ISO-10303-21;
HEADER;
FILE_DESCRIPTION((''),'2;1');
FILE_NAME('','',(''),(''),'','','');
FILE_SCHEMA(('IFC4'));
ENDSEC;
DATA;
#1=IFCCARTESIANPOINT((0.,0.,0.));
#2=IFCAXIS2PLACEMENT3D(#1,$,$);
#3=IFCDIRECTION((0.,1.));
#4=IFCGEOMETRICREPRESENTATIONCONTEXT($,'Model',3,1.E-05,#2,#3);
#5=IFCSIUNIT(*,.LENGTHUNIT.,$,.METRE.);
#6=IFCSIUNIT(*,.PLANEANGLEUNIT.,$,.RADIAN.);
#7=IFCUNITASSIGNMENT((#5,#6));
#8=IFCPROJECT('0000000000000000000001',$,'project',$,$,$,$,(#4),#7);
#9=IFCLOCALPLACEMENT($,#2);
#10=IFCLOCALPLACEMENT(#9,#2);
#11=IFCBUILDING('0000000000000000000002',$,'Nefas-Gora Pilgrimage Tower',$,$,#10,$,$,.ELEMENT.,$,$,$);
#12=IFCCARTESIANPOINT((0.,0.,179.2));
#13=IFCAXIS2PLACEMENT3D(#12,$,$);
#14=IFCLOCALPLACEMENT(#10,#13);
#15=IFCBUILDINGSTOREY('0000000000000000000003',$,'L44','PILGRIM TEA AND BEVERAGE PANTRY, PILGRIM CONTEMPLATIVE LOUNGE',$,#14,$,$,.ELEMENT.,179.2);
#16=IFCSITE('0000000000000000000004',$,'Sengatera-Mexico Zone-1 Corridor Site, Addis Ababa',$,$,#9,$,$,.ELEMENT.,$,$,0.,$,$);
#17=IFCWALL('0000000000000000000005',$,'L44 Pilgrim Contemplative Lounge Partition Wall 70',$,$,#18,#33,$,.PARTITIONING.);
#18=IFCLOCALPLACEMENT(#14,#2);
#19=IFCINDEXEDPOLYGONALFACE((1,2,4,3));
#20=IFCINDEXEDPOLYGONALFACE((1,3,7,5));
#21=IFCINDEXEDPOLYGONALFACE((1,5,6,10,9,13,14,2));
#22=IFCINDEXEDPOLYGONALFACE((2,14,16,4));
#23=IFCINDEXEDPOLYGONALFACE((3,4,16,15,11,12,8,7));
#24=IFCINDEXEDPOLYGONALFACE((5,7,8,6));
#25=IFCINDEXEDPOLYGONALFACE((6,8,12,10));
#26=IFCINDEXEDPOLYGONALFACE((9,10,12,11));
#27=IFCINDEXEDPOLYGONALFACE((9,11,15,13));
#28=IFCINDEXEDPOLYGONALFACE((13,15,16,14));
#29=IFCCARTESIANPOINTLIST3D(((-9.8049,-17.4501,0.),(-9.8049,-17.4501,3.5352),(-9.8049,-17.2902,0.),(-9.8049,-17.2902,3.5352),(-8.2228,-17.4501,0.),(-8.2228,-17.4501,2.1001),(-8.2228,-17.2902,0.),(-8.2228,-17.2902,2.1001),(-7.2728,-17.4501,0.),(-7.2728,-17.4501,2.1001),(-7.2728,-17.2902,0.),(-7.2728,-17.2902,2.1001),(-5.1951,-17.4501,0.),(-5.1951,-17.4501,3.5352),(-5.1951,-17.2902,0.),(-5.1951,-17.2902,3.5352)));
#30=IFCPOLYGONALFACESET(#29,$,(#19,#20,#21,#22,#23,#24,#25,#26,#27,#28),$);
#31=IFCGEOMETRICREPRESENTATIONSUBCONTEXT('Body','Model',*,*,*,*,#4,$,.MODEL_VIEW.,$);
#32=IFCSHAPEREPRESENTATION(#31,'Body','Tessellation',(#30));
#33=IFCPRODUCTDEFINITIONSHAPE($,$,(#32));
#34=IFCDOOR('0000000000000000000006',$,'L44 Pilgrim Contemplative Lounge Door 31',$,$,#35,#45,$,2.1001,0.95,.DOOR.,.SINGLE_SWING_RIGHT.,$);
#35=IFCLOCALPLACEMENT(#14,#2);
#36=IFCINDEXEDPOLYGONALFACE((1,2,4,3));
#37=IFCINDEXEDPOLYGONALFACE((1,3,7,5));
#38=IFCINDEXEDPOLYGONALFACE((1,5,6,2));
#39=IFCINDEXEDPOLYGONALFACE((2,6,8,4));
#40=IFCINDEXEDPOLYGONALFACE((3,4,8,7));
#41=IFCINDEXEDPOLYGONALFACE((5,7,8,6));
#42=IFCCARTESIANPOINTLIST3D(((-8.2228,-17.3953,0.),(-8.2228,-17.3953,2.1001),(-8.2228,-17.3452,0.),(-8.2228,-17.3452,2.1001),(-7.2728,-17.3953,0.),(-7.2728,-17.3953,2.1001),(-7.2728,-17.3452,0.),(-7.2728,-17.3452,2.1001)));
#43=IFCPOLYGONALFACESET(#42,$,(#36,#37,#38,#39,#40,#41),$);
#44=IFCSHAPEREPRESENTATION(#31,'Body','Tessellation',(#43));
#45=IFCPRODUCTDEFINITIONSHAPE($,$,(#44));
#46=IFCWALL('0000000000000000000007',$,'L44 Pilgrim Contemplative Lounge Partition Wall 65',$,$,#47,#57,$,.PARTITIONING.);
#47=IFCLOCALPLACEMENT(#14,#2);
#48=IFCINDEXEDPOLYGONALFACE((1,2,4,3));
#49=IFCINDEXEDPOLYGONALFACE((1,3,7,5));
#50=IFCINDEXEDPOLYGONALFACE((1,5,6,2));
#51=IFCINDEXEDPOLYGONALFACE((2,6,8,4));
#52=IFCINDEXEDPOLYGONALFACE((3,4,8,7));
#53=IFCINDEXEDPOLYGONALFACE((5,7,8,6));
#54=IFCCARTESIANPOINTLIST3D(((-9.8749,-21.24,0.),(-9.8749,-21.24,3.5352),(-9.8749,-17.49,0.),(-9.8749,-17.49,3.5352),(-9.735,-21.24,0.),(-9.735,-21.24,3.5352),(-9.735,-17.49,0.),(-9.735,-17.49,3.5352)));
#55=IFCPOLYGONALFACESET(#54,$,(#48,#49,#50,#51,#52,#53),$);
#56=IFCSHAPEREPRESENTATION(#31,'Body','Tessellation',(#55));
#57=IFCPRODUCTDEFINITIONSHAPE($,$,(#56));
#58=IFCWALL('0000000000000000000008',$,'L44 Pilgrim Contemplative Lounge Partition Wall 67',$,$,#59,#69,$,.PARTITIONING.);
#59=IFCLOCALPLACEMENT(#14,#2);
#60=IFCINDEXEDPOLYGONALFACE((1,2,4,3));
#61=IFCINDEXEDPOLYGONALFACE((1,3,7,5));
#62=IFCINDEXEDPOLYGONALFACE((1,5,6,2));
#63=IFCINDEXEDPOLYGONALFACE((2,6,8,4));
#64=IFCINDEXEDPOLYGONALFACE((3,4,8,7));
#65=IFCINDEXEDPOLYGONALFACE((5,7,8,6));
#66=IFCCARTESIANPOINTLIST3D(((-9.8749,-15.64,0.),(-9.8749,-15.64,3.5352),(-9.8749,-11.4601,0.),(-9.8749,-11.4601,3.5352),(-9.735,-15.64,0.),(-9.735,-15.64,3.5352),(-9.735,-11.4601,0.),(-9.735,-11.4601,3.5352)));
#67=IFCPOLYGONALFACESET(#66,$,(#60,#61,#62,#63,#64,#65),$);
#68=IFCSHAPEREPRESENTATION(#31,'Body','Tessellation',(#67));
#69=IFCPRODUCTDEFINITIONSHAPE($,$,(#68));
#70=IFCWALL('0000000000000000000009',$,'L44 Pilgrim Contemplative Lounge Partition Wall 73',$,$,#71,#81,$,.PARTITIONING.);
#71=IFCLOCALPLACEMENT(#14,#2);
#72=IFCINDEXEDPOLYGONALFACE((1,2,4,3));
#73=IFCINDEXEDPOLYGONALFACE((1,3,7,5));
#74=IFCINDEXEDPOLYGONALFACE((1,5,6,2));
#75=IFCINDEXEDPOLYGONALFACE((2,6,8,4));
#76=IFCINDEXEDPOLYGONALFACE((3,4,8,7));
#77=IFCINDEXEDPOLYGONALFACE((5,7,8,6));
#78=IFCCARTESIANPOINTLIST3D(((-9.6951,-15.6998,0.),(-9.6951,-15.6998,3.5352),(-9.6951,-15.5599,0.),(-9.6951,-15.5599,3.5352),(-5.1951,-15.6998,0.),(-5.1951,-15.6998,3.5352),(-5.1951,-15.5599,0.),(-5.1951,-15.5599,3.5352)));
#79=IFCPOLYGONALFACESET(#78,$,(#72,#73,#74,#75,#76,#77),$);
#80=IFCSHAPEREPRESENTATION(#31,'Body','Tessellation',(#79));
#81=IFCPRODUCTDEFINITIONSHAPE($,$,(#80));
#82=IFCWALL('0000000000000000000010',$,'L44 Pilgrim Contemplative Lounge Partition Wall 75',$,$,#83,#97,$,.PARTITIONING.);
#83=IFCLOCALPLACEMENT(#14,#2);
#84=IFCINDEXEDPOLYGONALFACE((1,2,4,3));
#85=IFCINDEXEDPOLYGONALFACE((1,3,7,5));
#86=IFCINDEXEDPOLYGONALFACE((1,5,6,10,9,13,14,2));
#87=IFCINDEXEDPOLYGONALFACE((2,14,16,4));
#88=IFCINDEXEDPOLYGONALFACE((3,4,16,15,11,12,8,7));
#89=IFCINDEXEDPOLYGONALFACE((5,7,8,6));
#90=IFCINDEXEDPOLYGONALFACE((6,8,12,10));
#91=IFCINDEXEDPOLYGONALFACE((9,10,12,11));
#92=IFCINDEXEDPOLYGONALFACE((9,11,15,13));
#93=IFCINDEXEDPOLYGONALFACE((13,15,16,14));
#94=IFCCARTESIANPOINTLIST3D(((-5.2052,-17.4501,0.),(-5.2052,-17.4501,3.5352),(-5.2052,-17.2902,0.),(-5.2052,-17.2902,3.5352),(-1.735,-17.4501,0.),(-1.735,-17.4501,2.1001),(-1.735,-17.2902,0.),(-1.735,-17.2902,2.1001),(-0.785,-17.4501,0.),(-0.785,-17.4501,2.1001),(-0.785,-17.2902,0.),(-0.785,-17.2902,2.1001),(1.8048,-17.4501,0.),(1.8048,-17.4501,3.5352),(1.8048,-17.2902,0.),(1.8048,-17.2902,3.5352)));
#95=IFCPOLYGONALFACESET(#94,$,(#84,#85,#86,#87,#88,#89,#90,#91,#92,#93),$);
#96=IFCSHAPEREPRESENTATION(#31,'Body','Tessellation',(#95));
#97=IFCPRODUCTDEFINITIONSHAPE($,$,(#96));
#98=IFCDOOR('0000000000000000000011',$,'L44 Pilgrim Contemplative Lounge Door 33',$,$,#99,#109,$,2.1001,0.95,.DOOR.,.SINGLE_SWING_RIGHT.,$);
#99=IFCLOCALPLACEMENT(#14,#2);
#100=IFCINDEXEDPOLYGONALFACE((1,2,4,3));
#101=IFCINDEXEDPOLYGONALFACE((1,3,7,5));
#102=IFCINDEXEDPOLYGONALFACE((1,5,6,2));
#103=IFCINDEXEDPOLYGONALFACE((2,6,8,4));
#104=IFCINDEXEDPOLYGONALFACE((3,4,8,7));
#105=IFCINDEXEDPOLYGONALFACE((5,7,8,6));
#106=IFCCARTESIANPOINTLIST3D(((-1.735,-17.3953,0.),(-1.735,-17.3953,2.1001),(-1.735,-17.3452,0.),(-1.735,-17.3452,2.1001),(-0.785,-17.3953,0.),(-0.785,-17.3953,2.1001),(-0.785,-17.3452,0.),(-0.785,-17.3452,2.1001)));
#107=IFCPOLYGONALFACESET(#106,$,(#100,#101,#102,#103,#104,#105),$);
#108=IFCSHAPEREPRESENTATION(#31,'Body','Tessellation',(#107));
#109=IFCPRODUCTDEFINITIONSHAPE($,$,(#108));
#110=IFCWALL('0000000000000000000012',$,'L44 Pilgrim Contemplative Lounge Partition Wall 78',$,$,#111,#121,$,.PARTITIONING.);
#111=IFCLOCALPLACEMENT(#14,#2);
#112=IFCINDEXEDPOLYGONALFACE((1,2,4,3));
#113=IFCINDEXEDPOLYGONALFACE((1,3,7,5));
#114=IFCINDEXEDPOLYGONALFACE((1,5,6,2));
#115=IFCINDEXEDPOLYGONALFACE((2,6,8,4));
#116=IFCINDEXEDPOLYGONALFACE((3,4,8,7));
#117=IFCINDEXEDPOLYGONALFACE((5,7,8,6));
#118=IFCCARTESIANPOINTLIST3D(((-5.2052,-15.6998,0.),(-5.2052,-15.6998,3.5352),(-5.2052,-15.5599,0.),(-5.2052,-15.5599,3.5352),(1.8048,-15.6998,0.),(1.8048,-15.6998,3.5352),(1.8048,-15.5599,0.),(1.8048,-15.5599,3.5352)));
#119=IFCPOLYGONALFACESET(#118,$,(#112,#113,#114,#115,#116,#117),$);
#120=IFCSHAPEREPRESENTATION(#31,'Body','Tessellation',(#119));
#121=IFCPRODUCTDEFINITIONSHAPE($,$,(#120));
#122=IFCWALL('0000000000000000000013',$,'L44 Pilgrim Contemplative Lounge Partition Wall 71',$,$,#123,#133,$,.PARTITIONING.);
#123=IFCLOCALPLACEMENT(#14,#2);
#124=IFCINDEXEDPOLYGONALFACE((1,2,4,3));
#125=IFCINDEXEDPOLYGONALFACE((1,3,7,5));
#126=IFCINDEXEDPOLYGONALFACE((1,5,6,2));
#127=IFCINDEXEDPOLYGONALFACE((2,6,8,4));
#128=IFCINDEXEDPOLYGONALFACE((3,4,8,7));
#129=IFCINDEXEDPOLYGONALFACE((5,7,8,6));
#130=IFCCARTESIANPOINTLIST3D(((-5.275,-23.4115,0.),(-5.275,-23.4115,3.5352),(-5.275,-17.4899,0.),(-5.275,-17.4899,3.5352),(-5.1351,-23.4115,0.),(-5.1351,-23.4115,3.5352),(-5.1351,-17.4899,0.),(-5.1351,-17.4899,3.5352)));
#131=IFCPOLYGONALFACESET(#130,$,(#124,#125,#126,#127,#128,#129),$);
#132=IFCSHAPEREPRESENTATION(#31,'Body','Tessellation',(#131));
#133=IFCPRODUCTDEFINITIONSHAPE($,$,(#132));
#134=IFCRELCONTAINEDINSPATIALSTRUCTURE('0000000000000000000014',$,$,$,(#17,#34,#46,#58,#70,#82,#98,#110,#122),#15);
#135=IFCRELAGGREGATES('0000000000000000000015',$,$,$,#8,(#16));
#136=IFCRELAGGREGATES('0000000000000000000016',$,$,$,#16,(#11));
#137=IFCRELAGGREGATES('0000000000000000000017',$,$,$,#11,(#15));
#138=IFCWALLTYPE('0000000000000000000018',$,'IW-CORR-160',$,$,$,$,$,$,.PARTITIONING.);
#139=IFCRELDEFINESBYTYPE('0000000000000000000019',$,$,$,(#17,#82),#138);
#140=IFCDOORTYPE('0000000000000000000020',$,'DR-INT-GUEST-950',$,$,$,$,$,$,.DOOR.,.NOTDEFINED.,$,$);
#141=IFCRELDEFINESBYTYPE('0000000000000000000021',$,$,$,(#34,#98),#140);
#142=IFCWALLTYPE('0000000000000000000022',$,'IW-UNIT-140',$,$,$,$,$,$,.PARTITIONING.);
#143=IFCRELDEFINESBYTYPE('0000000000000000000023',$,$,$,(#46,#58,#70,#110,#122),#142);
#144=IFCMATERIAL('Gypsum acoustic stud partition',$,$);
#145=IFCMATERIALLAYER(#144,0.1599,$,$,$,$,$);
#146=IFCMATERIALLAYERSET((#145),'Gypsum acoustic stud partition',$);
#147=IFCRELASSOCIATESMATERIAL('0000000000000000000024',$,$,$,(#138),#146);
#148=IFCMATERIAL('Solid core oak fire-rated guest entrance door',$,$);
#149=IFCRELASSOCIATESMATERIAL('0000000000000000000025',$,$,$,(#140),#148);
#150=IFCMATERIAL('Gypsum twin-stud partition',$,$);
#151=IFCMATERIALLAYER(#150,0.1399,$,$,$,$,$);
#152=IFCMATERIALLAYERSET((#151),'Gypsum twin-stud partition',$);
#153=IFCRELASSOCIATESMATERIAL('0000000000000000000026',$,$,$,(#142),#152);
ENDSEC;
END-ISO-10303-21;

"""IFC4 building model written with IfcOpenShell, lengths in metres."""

from ifc_helpers import new_model, si_unit, direction, frame, frame_2d, origin, place, context, subcontext, project, spatial, rectangle, extrude, source, transform, mapped, material, layer, layer_set, type_object, element, fill, save


model = new_model("IFC4")

# Units and contexts
model_context = context("Model", 3, precision=1e-05, world=origin(), true_north=direction((0.0, 1.0)))
body_context = subcontext(model_context, "Body", "Model", "MODEL_VIEW")
ifc_project = project(units=[si_unit("LENGTHUNIT", "METRE"), si_unit("PLANEANGLEUNIT", "RADIAN")], contexts=[model_context])

# Site, building, storey
site_placement = place(None, origin())
site = spatial("IfcSite", under=ifc_project, at=site_placement, Name="Sengatera-Mexico Zone-1 Corridor Site, Addis Ababa", CompositionType="ELEMENT", RefElevation=0.0)
building_placement = place(site_placement, origin())
building = spatial("IfcBuilding", under=site, at=building_placement, Name="Nefas-Gora Pilgrimage Tower", CompositionType="ELEMENT")
storey_placement = place(building_placement, frame((0.0, 0.0, 179.2)))
storey = spatial("IfcBuildingStorey", under=building, at=storey_placement, Name="L44", Description="PILGRIM TEA AND BEVERAGE PANTRY, PILGRIM CONTEMPLATIVE LOUNGE", CompositionType="ELEMENT", Elevation=179.2)

# Wall, opening, door
ifc_material_1 = material(Name="Gypsum acoustic stud partition")
ifc_layer_1 = layer(ifc_material_1, 0.1599)
ifc_layer_set_1 = layer_set([ifc_layer_1], Name="Gypsum acoustic stud partition")
wall_type_1 = type_object("IfcWallType", Name="IW-CORR-160", PredefinedType="PARTITIONING", material=ifc_layer_set_1)
shared_shape_1 = source(origin(), body_context, "Body", "SweptSolid", [
    extrude(rectangle(XDim=4.6099, YDim=0.1599, at=frame_2d((2.3049, 0.0))), origin(), (0.0, 0.0, 1.0), 3.5352),
])
wall_1_placement = place(storey_placement, frame((-9.8049, -17.3701, 0.0), z_axis=(0.0, 0.0, 1.0), x_axis=(1.0, 0.0, 0.0)))
wall_1 = element("IfcWall", 1, at=wall_1_placement, inside=storey, type_object=wall_type_1, Name="L44 Pilgrim Contemplative Lounge Partition Wall 70", PredefinedType="PARTITIONING", context=body_context, shape_type="MappedRepresentation", body=[
    mapped(shared_shape_1, transform((0.0, 0.0, 0.0), x_axis=(1.0, 0.0, 0.0), y_axis=(0.0, 1.0, 0.0), z_axis=(0.0, 0.0, 1.0), scale=1.0)),
])
opening_1_placement = place(wall_1_placement, frame((1.582, 0.0, 0.0)))
opening_1 = element("IfcOpeningElement", 2, at=opening_1_placement, cuts=wall_1, PredefinedType="OPENING", context=body_context, shape_type="SweptSolid", body=[
    extrude(rectangle(XDim=0.95, YDim=2.1001, at=frame_2d((0.4751, 1.05))), frame((0.0, 0.0898, 0.0), z_axis=(0.0, -1.0, 0.0), x_axis=(1.0, 0.0, 0.0)), (0.0, 0.0, 1.0), 0.1799),
])
ifc_material_2 = material(Name="Solid core oak fire-rated guest entrance door")
door_type_1 = type_object("IfcDoorType", Name="DR-INT-GUEST-950", OperationType="NOTDEFINED", PredefinedType="DOOR", material=ifc_material_2)
shared_shape_2 = source(origin(), body_context, "Body", "SweptSolid", [
    extrude(rectangle(XDim=0.95, YDim=2.1001, at=frame_2d((0.4751, 1.05))), frame((0.0, 0.0249, 0.0), z_axis=(0.0, -1.0, 0.0), x_axis=(1.0, 0.0, 0.0)), (0.0, 0.0, 1.0), 0.05),
])
door_1_placement = place(opening_1_placement, origin())
door_1 = element("IfcDoor", 3, at=door_1_placement, inside=storey, type_object=door_type_1, Name="L44 Pilgrim Contemplative Lounge Door 31", OperationType="SINGLE_SWING_RIGHT", OverallHeight=2.1001, OverallWidth=0.95, PredefinedType="DOOR", context=body_context, shape_type="MappedRepresentation", body=[
    mapped(shared_shape_2, transform((0.0, 0.0, 0.0), x_axis=(1.0, 0.0, 0.0), y_axis=(0.0, 1.0, 0.0), z_axis=(0.0, 0.0, 1.0), scale=1.0)),
])
fill(opening_1, door_1)

# Walls
ifc_material_3 = material(Name="Gypsum twin-stud partition")
ifc_layer_2 = layer(ifc_material_3, 0.1399)
ifc_layer_set_2 = layer_set([ifc_layer_2], Name="Gypsum twin-stud partition")
wall_type_2 = type_object("IfcWallType", Name="IW-UNIT-140", PredefinedType="PARTITIONING", material=ifc_layer_set_2)
shared_shape_3 = source(origin(), body_context, "Body", "SweptSolid", [
    extrude(rectangle(XDim=3.75, YDim=0.1399, at=frame_2d((1.875, 0.0))), origin(), (0.0, 0.0, 1.0), 3.5352),
])
wall_2_placement = place(storey_placement, frame((-9.8049, -21.24, 0.0), z_axis=(0.0, 0.0, 1.0), x_axis=(0.0, 1.0, 0.0)))
element("IfcWall", 4, at=wall_2_placement, inside=storey, type_object=wall_type_2, Name="L44 Pilgrim Contemplative Lounge Partition Wall 65", PredefinedType="PARTITIONING", context=body_context, shape_type="MappedRepresentation", body=[
    mapped(shared_shape_3, transform((0.0, 0.0, 0.0), x_axis=(1.0, 0.0, 0.0), y_axis=(0.0, 1.0, 0.0), z_axis=(0.0, 0.0, 1.0), scale=1.0)),
])
shared_shape_4 = source(origin(), body_context, "Body", "SweptSolid", [
    extrude(rectangle(XDim=4.1799, YDim=0.1399, at=frame_2d((2.0898, 0.0))), origin(), (0.0, 0.0, 1.0), 3.5352),
])
wall_3_placement = place(storey_placement, frame((-9.8049, -15.6399, 0.0), z_axis=(0.0, 0.0, 1.0), x_axis=(0.0, 1.0, 0.0)))
element("IfcWall", 5, at=wall_3_placement, inside=storey, type_object=wall_type_2, Name="L44 Pilgrim Contemplative Lounge Partition Wall 67", PredefinedType="PARTITIONING", context=body_context, shape_type="MappedRepresentation", body=[
    mapped(shared_shape_4, transform((0.0, 0.0, 0.0), x_axis=(1.0, 0.0, 0.0), y_axis=(0.0, 1.0, 0.0), z_axis=(0.0, 0.0, 1.0), scale=1.0)),
])
shared_shape_5 = source(origin(), body_context, "Body", "SweptSolid", [
    extrude(rectangle(XDim=4.5, YDim=0.1399, at=frame_2d((2.25, 0.0))), origin(), (0.0, 0.0, 1.0), 3.5352),
])
wall_4_placement = place(storey_placement, frame((-9.6951, -15.6299, 0.0), z_axis=(0.0, 0.0, 1.0), x_axis=(1.0, 0.0, 0.0)))
element("IfcWall", 6, at=wall_4_placement, inside=storey, type_object=wall_type_2, Name="L44 Pilgrim Contemplative Lounge Partition Wall 73", PredefinedType="PARTITIONING", context=body_context, shape_type="MappedRepresentation", body=[
    mapped(shared_shape_5, transform((0.0, 0.0, 0.0), x_axis=(1.0, 0.0, 0.0), y_axis=(0.0, 1.0, 0.0), z_axis=(0.0, 0.0, 1.0), scale=1.0)),
])

# Wall, opening, door
shared_shape_6 = source(origin(), body_context, "Body", "SweptSolid", [
    extrude(rectangle(XDim=7.01, YDim=0.1599, at=frame_2d((3.5049, 0.0))), origin(), (0.0, 0.0, 1.0), 3.5352),
])
wall_5_placement = place(storey_placement, frame((-5.2051, -17.3701, 0.0), z_axis=(0.0, 0.0, 1.0), x_axis=(1.0, 0.0, 0.0)))
wall_5 = element("IfcWall", 7, at=wall_5_placement, inside=storey, type_object=wall_type_1, Name="L44 Pilgrim Contemplative Lounge Partition Wall 75", PredefinedType="PARTITIONING", context=body_context, shape_type="MappedRepresentation", body=[
    mapped(shared_shape_6, transform((0.0, 0.0, 0.0), x_axis=(1.0, 0.0, 0.0), y_axis=(0.0, 1.0, 0.0), z_axis=(0.0, 0.0, 1.0), scale=1.0)),
])
opening_2_placement = place(wall_5_placement, frame((3.47, 0.0, 0.0)))
opening_2 = element("IfcOpeningElement", 8, at=opening_2_placement, cuts=wall_5, PredefinedType="OPENING", context=body_context, shape_type="SweptSolid", body=[
    extrude(rectangle(XDim=0.95, YDim=2.1001, at=frame_2d((0.4751, 1.05))), frame((0.0, 0.0898, 0.0), z_axis=(0.0, -1.0, 0.0), x_axis=(1.0, 0.0, 0.0)), (0.0, 0.0, 1.0), 0.1799),
])
door_2_placement = place(opening_2_placement, origin())
door_2 = element("IfcDoor", 9, at=door_2_placement, inside=storey, type_object=door_type_1, Name="L44 Pilgrim Contemplative Lounge Door 33", OperationType="SINGLE_SWING_RIGHT", OverallHeight=2.1001, OverallWidth=0.95, PredefinedType="DOOR", context=body_context, shape_type="MappedRepresentation", body=[
    mapped(shared_shape_2, transform((0.0, 0.0, 0.0), x_axis=(1.0, 0.0, 0.0), y_axis=(0.0, 1.0, 0.0), z_axis=(0.0, 0.0, 1.0), scale=1.0)),
])
fill(opening_2, door_2)

# Walls
shared_shape_7 = source(origin(), body_context, "Body", "SweptSolid", [
    extrude(rectangle(XDim=7.01, YDim=0.1399, at=frame_2d((3.5049, 0.0))), origin(), (0.0, 0.0, 1.0), 3.5352),
])
wall_6_placement = place(storey_placement, frame((-5.2051, -15.6299, 0.0), z_axis=(0.0, 0.0, 1.0), x_axis=(1.0, 0.0, 0.0)))
element("IfcWall", 10, at=wall_6_placement, inside=storey, type_object=wall_type_2, Name="L44 Pilgrim Contemplative Lounge Partition Wall 78", PredefinedType="PARTITIONING", context=body_context, shape_type="MappedRepresentation", body=[
    mapped(shared_shape_7, transform((0.0, 0.0, 0.0), x_axis=(1.0, 0.0, 0.0), y_axis=(0.0, 1.0, 0.0), z_axis=(0.0, 0.0, 1.0), scale=1.0)),
])
shared_shape_8 = source(origin(), body_context, "Body", "SweptSolid", [
    extrude(rectangle(XDim=5.9216, YDim=0.1399, at=frame_2d((2.9609, 0.0))), origin(), (0.0, 0.0, 1.0), 3.5352),
])
wall_7_placement = place(storey_placement, frame((-5.2051, -23.4116, 0.0), z_axis=(0.0, 0.0, 1.0), x_axis=(0.0, 1.0, 0.0)))
element("IfcWall", 11, at=wall_7_placement, inside=storey, type_object=wall_type_2, Name="L44 Pilgrim Contemplative Lounge Partition Wall 71", PredefinedType="PARTITIONING", context=body_context, shape_type="MappedRepresentation", body=[
    mapped(shared_shape_8, transform((0.0, 0.0, 0.0), x_axis=(1.0, 0.0, 0.0), y_axis=(0.0, 1.0, 0.0), z_axis=(0.0, 0.0, 1.0), scale=1.0)),
])

save(model, "model.ifc")
